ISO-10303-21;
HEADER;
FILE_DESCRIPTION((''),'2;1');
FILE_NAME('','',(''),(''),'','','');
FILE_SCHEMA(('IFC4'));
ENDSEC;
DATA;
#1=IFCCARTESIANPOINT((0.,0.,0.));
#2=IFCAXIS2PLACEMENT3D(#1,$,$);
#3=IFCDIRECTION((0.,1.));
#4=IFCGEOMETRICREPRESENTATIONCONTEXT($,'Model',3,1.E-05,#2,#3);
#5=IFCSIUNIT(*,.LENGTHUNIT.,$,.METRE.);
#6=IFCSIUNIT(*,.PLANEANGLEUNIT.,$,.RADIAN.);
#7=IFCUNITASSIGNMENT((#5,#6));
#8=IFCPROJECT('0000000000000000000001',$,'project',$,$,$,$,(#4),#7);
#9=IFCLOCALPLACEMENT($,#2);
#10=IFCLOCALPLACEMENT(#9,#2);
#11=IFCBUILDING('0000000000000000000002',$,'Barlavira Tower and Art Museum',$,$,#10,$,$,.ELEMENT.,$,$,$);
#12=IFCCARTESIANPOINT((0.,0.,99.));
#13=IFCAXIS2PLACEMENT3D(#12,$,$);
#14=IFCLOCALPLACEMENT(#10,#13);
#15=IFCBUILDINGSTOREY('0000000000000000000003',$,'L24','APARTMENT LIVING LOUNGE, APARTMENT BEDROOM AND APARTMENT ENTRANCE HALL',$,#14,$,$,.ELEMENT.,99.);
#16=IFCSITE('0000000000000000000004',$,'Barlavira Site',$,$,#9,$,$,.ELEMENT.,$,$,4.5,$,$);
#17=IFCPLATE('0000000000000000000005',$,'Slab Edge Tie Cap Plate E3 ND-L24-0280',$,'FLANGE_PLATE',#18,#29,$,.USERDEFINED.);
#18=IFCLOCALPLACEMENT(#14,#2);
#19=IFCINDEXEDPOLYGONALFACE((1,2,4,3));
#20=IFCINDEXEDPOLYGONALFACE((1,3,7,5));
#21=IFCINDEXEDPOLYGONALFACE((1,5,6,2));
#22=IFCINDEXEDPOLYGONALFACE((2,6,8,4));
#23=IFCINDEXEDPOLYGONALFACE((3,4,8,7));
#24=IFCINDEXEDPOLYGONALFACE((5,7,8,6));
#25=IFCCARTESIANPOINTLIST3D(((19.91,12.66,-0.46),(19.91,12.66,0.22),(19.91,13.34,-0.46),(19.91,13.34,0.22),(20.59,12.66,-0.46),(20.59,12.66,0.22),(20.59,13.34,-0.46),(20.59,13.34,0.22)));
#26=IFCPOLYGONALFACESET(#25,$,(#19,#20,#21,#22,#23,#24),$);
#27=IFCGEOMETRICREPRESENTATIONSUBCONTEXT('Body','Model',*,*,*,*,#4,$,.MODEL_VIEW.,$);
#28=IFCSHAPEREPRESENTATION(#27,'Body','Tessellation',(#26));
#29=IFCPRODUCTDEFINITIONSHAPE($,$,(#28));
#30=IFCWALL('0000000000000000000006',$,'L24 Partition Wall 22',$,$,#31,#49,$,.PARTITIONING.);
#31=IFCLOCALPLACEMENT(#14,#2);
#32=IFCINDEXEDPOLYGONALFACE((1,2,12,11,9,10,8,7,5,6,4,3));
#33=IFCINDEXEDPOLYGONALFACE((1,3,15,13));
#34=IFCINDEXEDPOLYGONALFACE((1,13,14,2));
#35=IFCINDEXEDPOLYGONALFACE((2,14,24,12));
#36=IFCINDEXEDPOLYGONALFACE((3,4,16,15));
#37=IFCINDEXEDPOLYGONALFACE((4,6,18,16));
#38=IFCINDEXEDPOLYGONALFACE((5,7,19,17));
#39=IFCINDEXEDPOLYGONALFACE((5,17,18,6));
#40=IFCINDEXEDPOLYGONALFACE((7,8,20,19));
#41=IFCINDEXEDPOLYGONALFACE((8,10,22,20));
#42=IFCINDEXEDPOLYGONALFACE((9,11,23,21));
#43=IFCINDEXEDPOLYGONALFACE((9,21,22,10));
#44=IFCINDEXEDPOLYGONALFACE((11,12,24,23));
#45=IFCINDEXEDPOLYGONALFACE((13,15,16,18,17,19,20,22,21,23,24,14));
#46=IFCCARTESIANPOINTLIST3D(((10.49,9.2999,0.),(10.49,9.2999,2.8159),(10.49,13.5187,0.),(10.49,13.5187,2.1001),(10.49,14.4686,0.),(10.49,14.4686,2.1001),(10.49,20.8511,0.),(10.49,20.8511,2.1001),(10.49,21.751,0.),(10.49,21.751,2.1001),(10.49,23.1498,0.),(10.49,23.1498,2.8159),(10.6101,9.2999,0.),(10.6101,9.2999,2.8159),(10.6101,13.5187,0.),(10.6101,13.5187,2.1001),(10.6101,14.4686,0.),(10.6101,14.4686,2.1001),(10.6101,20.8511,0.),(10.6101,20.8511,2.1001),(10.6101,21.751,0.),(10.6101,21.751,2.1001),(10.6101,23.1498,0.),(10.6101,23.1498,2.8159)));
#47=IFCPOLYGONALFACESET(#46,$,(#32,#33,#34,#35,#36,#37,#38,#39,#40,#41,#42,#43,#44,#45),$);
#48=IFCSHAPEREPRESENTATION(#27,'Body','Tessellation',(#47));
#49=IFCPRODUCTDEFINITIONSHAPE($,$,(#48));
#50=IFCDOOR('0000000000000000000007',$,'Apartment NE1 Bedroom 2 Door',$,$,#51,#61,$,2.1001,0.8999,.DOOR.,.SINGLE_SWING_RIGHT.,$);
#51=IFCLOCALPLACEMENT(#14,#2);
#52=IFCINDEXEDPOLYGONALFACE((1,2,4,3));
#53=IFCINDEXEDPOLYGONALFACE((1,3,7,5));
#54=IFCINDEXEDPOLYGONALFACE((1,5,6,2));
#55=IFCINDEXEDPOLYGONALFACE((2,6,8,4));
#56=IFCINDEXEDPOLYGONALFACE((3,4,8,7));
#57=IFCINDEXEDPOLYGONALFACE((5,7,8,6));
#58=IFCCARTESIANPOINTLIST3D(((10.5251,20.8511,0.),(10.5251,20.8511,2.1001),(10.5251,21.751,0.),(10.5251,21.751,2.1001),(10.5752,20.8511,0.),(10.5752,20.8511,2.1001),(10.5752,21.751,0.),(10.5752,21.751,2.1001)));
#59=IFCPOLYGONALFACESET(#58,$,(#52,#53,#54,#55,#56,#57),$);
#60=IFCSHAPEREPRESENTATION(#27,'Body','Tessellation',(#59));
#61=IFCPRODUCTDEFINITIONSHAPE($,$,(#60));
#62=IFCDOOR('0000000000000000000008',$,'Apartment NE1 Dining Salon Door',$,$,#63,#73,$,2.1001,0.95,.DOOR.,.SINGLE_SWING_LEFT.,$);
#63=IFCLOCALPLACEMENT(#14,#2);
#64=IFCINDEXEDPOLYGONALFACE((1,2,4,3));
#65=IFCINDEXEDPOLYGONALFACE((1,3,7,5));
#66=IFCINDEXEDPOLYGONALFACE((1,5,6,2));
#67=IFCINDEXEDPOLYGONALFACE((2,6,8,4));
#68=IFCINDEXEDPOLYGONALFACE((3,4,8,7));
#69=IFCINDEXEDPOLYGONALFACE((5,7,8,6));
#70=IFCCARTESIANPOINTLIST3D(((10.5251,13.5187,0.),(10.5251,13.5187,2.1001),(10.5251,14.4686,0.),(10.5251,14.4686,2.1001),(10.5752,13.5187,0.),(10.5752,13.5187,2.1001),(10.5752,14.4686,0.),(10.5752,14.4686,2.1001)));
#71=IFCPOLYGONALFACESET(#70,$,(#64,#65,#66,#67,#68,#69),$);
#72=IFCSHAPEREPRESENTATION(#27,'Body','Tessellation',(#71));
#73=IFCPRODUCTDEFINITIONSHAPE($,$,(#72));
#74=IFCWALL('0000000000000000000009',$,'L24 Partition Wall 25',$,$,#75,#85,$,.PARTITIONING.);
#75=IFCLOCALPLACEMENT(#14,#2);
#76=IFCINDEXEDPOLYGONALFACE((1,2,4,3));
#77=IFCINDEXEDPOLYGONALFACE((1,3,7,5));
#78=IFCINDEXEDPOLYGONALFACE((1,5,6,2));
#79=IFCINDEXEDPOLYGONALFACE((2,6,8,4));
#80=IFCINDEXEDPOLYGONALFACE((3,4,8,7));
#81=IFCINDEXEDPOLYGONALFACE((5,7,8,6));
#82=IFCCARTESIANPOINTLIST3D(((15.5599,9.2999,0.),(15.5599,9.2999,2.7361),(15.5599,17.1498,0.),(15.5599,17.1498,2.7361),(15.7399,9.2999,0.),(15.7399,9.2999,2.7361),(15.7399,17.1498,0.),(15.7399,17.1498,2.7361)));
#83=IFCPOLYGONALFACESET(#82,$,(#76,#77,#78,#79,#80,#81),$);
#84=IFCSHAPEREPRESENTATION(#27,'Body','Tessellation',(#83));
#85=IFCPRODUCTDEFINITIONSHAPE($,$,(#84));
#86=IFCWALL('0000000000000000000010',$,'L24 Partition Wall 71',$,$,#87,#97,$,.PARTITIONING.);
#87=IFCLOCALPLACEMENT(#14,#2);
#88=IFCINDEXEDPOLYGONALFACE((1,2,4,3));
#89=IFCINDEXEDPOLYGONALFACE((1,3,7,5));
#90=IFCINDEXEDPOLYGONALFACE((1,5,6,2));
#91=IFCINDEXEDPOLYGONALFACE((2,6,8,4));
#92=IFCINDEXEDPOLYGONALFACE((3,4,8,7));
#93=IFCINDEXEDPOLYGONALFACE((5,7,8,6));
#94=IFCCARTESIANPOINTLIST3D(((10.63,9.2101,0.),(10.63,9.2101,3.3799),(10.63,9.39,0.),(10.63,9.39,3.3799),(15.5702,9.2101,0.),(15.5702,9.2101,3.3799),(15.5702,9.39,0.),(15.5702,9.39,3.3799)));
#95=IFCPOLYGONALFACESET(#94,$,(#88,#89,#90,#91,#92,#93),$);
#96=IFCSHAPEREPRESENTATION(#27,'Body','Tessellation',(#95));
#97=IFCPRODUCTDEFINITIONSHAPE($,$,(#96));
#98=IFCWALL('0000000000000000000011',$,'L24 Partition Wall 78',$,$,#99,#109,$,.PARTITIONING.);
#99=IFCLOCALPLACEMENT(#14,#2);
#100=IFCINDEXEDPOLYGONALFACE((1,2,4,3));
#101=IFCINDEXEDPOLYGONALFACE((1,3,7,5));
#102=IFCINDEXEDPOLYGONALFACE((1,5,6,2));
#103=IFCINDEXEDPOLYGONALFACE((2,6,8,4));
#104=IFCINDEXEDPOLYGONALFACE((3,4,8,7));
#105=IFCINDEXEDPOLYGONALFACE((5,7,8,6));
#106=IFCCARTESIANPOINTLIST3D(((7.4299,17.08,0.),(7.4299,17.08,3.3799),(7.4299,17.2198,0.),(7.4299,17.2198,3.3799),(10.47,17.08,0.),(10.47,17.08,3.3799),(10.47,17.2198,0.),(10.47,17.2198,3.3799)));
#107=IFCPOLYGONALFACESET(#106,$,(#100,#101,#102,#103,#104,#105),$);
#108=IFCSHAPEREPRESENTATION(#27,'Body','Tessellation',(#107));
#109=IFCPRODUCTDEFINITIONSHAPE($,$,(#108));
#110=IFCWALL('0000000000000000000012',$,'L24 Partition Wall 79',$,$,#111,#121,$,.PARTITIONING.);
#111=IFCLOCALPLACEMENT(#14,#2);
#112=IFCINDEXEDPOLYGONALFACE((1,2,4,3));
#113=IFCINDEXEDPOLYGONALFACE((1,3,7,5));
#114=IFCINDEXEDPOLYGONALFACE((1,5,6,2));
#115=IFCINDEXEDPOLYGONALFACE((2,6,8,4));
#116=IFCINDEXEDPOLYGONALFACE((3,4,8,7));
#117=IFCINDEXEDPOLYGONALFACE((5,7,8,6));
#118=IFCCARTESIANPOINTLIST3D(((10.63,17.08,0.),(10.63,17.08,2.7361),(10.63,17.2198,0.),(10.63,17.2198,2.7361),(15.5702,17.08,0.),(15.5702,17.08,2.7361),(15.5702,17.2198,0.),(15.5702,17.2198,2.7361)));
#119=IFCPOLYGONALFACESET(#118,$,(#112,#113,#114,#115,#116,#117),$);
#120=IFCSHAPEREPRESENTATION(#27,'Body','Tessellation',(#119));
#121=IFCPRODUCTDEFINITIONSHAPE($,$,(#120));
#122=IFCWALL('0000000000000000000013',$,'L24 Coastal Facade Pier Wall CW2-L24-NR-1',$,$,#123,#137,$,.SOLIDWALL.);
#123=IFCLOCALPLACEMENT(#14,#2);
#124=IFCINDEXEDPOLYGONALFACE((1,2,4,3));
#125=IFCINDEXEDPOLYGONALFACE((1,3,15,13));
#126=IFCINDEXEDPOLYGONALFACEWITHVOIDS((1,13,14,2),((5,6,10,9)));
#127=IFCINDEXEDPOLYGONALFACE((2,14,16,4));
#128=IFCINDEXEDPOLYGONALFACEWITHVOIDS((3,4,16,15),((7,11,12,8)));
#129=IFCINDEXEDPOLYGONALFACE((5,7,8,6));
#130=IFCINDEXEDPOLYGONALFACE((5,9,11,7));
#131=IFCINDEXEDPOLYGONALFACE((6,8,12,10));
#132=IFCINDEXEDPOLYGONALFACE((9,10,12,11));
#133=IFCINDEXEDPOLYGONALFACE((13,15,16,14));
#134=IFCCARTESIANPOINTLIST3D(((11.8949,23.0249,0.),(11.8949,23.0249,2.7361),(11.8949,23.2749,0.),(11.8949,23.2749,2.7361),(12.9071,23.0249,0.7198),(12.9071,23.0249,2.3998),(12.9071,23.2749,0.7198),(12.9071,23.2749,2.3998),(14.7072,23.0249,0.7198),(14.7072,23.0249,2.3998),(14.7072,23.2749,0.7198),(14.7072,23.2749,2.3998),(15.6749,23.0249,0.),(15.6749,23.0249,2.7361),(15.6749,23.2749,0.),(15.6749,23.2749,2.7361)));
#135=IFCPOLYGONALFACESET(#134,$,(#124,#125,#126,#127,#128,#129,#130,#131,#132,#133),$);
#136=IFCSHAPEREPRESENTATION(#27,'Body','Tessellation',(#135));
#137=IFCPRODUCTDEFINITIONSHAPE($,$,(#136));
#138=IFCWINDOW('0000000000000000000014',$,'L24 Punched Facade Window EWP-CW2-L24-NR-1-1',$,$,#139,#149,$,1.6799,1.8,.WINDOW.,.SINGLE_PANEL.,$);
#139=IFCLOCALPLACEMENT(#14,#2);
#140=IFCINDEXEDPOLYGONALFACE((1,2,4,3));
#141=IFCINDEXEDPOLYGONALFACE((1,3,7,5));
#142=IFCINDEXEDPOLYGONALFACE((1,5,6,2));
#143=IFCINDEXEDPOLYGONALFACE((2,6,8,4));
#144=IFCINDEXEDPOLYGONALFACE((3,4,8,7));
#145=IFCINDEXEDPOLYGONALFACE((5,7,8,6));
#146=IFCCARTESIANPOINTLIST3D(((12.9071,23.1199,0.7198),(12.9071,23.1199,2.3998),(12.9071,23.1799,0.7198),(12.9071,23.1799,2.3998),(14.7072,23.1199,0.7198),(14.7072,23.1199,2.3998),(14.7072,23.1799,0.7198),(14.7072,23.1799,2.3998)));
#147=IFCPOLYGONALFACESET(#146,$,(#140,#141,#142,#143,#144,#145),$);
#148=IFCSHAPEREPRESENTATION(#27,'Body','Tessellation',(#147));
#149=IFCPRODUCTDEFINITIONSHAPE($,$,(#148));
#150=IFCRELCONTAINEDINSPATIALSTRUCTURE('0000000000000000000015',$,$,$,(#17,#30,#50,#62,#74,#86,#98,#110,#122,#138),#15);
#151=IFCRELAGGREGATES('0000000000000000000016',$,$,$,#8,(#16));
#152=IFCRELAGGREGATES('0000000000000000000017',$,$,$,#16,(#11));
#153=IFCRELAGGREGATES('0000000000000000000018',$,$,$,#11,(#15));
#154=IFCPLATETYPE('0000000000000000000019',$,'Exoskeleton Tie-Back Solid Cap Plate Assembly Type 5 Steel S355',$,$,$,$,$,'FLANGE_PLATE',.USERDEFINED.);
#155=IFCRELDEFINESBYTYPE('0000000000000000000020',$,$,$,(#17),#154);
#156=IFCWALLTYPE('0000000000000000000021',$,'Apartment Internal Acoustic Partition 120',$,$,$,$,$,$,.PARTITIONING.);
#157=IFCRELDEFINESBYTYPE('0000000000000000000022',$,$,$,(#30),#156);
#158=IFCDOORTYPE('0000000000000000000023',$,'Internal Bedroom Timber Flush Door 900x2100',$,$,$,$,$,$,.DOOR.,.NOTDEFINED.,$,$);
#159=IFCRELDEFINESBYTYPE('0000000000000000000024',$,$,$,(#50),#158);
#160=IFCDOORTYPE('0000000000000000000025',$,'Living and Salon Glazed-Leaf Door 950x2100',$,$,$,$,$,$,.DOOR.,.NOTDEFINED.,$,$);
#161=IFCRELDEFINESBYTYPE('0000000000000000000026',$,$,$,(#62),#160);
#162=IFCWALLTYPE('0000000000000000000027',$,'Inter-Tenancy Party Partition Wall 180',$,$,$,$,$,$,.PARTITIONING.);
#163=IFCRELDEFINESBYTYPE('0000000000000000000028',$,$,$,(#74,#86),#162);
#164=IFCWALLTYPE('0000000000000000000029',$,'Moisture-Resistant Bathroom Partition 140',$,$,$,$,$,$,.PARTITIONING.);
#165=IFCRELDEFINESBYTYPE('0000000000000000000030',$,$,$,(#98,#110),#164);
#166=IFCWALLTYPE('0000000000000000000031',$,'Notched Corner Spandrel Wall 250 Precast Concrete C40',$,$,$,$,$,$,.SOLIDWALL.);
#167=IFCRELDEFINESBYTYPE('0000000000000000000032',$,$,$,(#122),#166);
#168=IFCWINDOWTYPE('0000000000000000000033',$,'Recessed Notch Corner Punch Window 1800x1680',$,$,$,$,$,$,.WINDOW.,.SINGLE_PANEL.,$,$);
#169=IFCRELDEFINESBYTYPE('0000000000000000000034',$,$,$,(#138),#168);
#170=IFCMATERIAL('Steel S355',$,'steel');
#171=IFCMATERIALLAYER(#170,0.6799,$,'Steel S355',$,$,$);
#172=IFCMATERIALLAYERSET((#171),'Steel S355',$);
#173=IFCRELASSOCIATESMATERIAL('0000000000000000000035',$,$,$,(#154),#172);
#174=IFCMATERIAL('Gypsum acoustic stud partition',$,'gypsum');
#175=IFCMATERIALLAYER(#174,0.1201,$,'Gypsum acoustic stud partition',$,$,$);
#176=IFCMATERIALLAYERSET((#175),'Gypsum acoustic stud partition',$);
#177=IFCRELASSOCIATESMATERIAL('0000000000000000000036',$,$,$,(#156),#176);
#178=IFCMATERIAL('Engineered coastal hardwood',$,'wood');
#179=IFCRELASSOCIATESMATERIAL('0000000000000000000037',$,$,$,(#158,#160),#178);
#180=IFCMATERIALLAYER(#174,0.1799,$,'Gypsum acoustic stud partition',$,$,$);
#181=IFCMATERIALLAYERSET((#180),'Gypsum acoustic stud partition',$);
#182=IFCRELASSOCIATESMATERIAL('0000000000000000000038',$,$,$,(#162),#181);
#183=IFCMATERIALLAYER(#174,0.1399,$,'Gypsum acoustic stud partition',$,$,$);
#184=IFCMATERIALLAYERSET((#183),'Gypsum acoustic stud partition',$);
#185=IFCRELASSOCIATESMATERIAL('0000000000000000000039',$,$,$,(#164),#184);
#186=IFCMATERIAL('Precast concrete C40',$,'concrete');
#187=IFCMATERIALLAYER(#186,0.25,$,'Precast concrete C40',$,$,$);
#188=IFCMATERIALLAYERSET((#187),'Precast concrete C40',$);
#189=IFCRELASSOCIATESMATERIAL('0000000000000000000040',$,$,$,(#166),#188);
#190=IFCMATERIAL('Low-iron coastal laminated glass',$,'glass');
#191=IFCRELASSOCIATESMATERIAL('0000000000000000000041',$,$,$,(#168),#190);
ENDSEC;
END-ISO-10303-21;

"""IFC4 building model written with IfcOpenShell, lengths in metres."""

from ifc_helpers import new_model, si_unit, direction, frame, frame_2d, origin, origin_2d, place, context, subcontext, project, spatial, rectangle, extrude, material, layer, layer_set, type_object, element, fill, save


model = new_model("IFC4")

# Units and contexts
model_context = context("Model", 3, precision=1e-05, world=origin(), true_north=direction((0.0, 1.0)))
body_context = subcontext(model_context, "Body", "Model", "MODEL_VIEW")
ifc_project = project(units=[si_unit("LENGTHUNIT", "METRE"), si_unit("PLANEANGLEUNIT", "RADIAN")], contexts=[model_context])

# Site, building, storey
site_placement = place(None, origin())
site = spatial("IfcSite", under=ifc_project, at=site_placement, Name="Barlavira Site", CompositionType="ELEMENT", RefElevation=4.5)
building_placement = place(site_placement, origin())
building = spatial("IfcBuilding", under=site, at=building_placement, Name="Barlavira Tower and Art Museum", CompositionType="ELEMENT")
storey_placement = place(building_placement, frame((0.0, 0.0, 99.0)))
storey = spatial("IfcBuildingStorey", under=building, at=storey_placement, Name="L24", Description="APARTMENT LIVING LOUNGE, APARTMENT BEDROOM AND APARTMENT ENTRANCE HALL", CompositionType="ELEMENT", Elevation=99.0)

# Shared definitions
ifc_material_1 = material(Name="Steel S355", Category="steel")

# Plate
ifc_layer_1 = layer(ifc_material_1, 0.6799, Name="Steel S355")
ifc_layer_set_1 = layer_set([ifc_layer_1], Name="Steel S355")
plate_type = type_object("IfcPlateType", Name="Exoskeleton Tie-Back Solid Cap Plate Assembly Type 5 Steel S355", ElementType="FLANGE_PLATE", PredefinedType="USERDEFINED", material=ifc_layer_set_1)
for number, where, z_axis, x_axis, name in (
    (1, (20.25, 13.0, -0.46), (0.0, 0.0, 1.0), (1.0, 0.0, 0.0), "Slab Edge Tie Cap Plate E3 ND-L24-0280"),
):
    element("IfcPlate", number, at=place(storey_placement, frame(where, z_axis=z_axis, x_axis=x_axis)), inside=storey, type_object=plate_type, Name=name, ObjectType="FLANGE_PLATE", PredefinedType="USERDEFINED", context=body_context, shape_type="SweptSolid", body=[
        extrude(rectangle(XDim=0.6799, YDim=0.6799, at=origin_2d()), origin(), (0.0, 0.0, 1.0), 0.6799),
    ])

# Wall, openings, doors
ifc_material_2 = material(Name="Gypsum acoustic stud partition", Category="gypsum")
ifc_layer_2 = layer(ifc_material_2, 0.1201, Name="Gypsum acoustic stud partition")
ifc_layer_set_2 = layer_set([ifc_layer_2], Name="Gypsum acoustic stud partition")
wall_type_1 = type_object("IfcWallType", Name="Apartment Internal Acoustic Partition 120", PredefinedType="PARTITIONING", material=ifc_layer_set_2)
wall_1_placement = place(storey_placement, frame((10.55, 9.3, 0.0), z_axis=(0.0, 0.0, 1.0), x_axis=(0.0, 1.0, 0.0)))
wall_1 = element("IfcWall", 2, at=wall_1_placement, inside=storey, type_object=wall_type_1, Name="L24 Partition Wall 22", PredefinedType="PARTITIONING", context=body_context, shape_type="SweptSolid", body=[
    extrude(rectangle(XDim=13.8499, YDim=0.1201, at=frame_2d((6.9248, 0.0))), origin(), (0.0, 0.0, 1.0), 2.8159),
])
opening_1_placement = place(wall_1_placement, frame((4.2185, 0.0, 0.0)))
opening_1 = element("IfcOpeningElement", 3, at=opening_1_placement, cuts=wall_1, PredefinedType="OPENING", context=body_context, shape_type="SweptSolid", body=[
    extrude(rectangle(XDim=0.95, YDim=2.1001, at=frame_2d((0.4751, 1.05))), frame((0.0, 0.0701, 0.0), z_axis=(0.0, -1.0, 0.0), x_axis=(1.0, 0.0, 0.0)), (0.0, 0.0, 1.0), 0.1401),
])
opening_2_placement = place(wall_1_placement, frame((11.551, 0.0, 0.0)))
opening_2 = element("IfcOpeningElement", 4, at=opening_2_placement, cuts=wall_1, PredefinedType="OPENING", context=body_context, shape_type="SweptSolid", body=[
    extrude(rectangle(XDim=0.8999, YDim=2.1001, at=frame_2d((0.45, 1.05))), frame((0.0, 0.0701, 0.0), z_axis=(0.0, -1.0, 0.0), x_axis=(1.0, 0.0, 0.0)), (0.0, 0.0, 1.0), 0.1401),
])
ifc_material_3 = material(Name="Engineered coastal hardwood", Category="wood")
door_type_1 = type_object("IfcDoorType", Name="Internal Bedroom Timber Flush Door 900x2100", OperationType="NOTDEFINED", PredefinedType="DOOR", material=ifc_material_3)
door_1_placement = place(opening_2_placement, origin())
door_1 = element("IfcDoor", 5, at=door_1_placement, inside=storey, type_object=door_type_1, Name="Apartment NE1 Bedroom 2 Door", OperationType="SINGLE_SWING_RIGHT", OverallHeight=2.1001, OverallWidth=0.8999, PredefinedType="DOOR", context=body_context, shape_type="SweptSolid", body=[
    extrude(rectangle(XDim=0.8999, YDim=2.1001, at=frame_2d((0.45, 1.05))), frame((0.0, 0.0249, 0.0), z_axis=(0.0, -1.0, 0.0), x_axis=(1.0, 0.0, 0.0)), (0.0, 0.0, 1.0), 0.05),
])
fill(opening_2, door_1)
door_type_2 = type_object("IfcDoorType", Name="Living and Salon Glazed-Leaf Door 950x2100", OperationType="NOTDEFINED", PredefinedType="DOOR", material=ifc_material_3)
door_2_placement = place(opening_1_placement, origin())
door_2 = element("IfcDoor", 6, at=door_2_placement, inside=storey, type_object=door_type_2, Name="Apartment NE1 Dining Salon Door", OperationType="SINGLE_SWING_LEFT", OverallHeight=2.1001, OverallWidth=0.95, PredefinedType="DOOR", context=body_context, shape_type="SweptSolid", body=[
    extrude(rectangle(XDim=0.95, YDim=2.1001, at=frame_2d((0.4751, 1.05))), frame((0.0, 0.0249, 0.0), z_axis=(0.0, -1.0, 0.0), x_axis=(1.0, 0.0, 0.0)), (0.0, 0.0, 1.0), 0.05),
])
fill(opening_1, door_2)

# Walls
ifc_layer_3 = layer(ifc_material_2, 0.1799, Name="Gypsum acoustic stud partition")
ifc_layer_set_3 = layer_set([ifc_layer_3], Name="Gypsum acoustic stud partition")
wall_type_2 = type_object("IfcWallType", Name="Inter-Tenancy Party Partition Wall 180", PredefinedType="PARTITIONING", material=ifc_layer_set_3)
wall_2_placement = place(storey_placement, frame((15.6499, 9.3, 0.0), z_axis=(0.0, 0.0, 1.0), x_axis=(0.0, 1.0, 0.0)))
element("IfcWall", 7, at=wall_2_placement, inside=storey, type_object=wall_type_2, Name="L24 Partition Wall 25", PredefinedType="PARTITIONING", context=body_context, shape_type="SweptSolid", body=[
    extrude(rectangle(XDim=7.8499, YDim=0.1799, at=frame_2d((3.9248, 0.0))), origin(), (0.0, 0.0, 1.0), 2.7361),
])
wall_3_placement = place(storey_placement, frame((10.6299, 9.3, 0.0), z_axis=(0.0, 0.0, 1.0), x_axis=(1.0, 0.0, 0.0)))
element("IfcWall", 8, at=wall_3_placement, inside=storey, type_object=wall_type_2, Name="L24 Partition Wall 71", PredefinedType="PARTITIONING", context=body_context, shape_type="SweptSolid", body=[
    extrude(rectangle(XDim=4.9402, YDim=0.1799, at=frame_2d((2.4702, 0.0))), origin(), (0.0, 0.0, 1.0), 3.3799),
])
ifc_layer_4 = layer(ifc_material_2, 0.1399, Name="Gypsum acoustic stud partition")
ifc_layer_set_4 = layer_set([ifc_layer_4], Name="Gypsum acoustic stud partition")
wall_type_3 = type_object("IfcWallType", Name="Moisture-Resistant Bathroom Partition 140", PredefinedType="PARTITIONING", material=ifc_layer_set_4)
wall_4_placement = place(storey_placement, frame((7.4299, 17.1499, 0.0), z_axis=(0.0, 0.0, 1.0), x_axis=(1.0, 0.0, 0.0)))
element("IfcWall", 9, at=wall_4_placement, inside=storey, type_object=wall_type_3, Name="L24 Partition Wall 78", PredefinedType="PARTITIONING", context=body_context, shape_type="SweptSolid", body=[
    extrude(rectangle(XDim=3.04, YDim=0.1399, at=frame_2d((1.52, 0.0))), origin(), (0.0, 0.0, 1.0), 3.3799),
])
wall_5_placement = place(storey_placement, frame((10.6299, 17.1499, 0.0), z_axis=(0.0, 0.0, 1.0), x_axis=(1.0, 0.0, 0.0)))
element("IfcWall", 10, at=wall_5_placement, inside=storey, type_object=wall_type_3, Name="L24 Partition Wall 79", PredefinedType="PARTITIONING", context=body_context, shape_type="SweptSolid", body=[
    extrude(rectangle(XDim=4.9402, YDim=0.1399, at=frame_2d((2.4702, 0.0))), origin(), (0.0, 0.0, 1.0), 2.7361),
])

# Wall, opening, window
ifc_material_4 = material(Name="Precast concrete C40", Category="concrete")
ifc_layer_5 = layer(ifc_material_4, 0.25, Name="Precast concrete C40")
ifc_layer_set_5 = layer_set([ifc_layer_5], Name="Precast concrete C40")
wall_type_4 = type_object("IfcWallType", Name="Notched Corner Spandrel Wall 250 Precast Concrete C40", PredefinedType="SOLIDWALL", material=ifc_layer_set_5)
wall_6_placement = place(storey_placement, frame((15.675, 23.1499, 0.0), z_axis=(0.0, 0.0, 1.0), x_axis=(-1.0, 0.0, 0.0)))
wall_6 = element("IfcWall", 11, at=wall_6_placement, inside=storey, type_object=wall_type_4, Name="L24 Coastal Facade Pier Wall CW2-L24-NR-1", PredefinedType="SOLIDWALL", context=body_context, shape_type="SweptSolid", body=[
    extrude(rectangle(XDim=3.78, YDim=0.25, at=frame_2d((1.8901, 0.0))), origin(), (0.0, 0.0, 1.0), 2.7361),
])
opening_3_placement = place(wall_6_placement, frame((0.968, 0.0, 0.72)))
opening_3 = element("IfcOpeningElement", 12, at=opening_3_placement, cuts=wall_6, PredefinedType="OPENING", context=body_context, shape_type="SweptSolid", body=[
    extrude(rectangle(XDim=1.8, YDim=1.6799, at=frame_2d((0.8999, 0.8398))), frame((0.0, 0.135, 0.0), z_axis=(0.0, -1.0, 0.0), x_axis=(1.0, 0.0, 0.0)), (0.0, 0.0, 1.0), 0.27),
])
ifc_material_5 = material(Name="Low-iron coastal laminated glass", Category="glass")
window_type = type_object("IfcWindowType", Name="Recessed Notch Corner Punch Window 1800x1680", PartitioningType="SINGLE_PANEL", PredefinedType="WINDOW", material=ifc_material_5)
window_1_placement = place(opening_3_placement, origin())
window_1 = element("IfcWindow", 13, at=window_1_placement, inside=storey, type_object=window_type, Name="L24 Punched Facade Window EWP-CW2-L24-NR-1-1", OverallHeight=1.6799, OverallWidth=1.8, PartitioningType="SINGLE_PANEL", PredefinedType="WINDOW", context=body_context, shape_type="SweptSolid", body=[
    extrude(rectangle(XDim=1.8, YDim=1.6799, at=frame_2d((0.8999, 0.8398))), frame((0.0, 0.03, 0.0), z_axis=(0.0, -1.0, 0.0), x_axis=(1.0, 0.0, 0.0)), (0.0, 0.0, 1.0), 0.0601),
])
fill(opening_3, window_1)

save(model, "model.ifc")
